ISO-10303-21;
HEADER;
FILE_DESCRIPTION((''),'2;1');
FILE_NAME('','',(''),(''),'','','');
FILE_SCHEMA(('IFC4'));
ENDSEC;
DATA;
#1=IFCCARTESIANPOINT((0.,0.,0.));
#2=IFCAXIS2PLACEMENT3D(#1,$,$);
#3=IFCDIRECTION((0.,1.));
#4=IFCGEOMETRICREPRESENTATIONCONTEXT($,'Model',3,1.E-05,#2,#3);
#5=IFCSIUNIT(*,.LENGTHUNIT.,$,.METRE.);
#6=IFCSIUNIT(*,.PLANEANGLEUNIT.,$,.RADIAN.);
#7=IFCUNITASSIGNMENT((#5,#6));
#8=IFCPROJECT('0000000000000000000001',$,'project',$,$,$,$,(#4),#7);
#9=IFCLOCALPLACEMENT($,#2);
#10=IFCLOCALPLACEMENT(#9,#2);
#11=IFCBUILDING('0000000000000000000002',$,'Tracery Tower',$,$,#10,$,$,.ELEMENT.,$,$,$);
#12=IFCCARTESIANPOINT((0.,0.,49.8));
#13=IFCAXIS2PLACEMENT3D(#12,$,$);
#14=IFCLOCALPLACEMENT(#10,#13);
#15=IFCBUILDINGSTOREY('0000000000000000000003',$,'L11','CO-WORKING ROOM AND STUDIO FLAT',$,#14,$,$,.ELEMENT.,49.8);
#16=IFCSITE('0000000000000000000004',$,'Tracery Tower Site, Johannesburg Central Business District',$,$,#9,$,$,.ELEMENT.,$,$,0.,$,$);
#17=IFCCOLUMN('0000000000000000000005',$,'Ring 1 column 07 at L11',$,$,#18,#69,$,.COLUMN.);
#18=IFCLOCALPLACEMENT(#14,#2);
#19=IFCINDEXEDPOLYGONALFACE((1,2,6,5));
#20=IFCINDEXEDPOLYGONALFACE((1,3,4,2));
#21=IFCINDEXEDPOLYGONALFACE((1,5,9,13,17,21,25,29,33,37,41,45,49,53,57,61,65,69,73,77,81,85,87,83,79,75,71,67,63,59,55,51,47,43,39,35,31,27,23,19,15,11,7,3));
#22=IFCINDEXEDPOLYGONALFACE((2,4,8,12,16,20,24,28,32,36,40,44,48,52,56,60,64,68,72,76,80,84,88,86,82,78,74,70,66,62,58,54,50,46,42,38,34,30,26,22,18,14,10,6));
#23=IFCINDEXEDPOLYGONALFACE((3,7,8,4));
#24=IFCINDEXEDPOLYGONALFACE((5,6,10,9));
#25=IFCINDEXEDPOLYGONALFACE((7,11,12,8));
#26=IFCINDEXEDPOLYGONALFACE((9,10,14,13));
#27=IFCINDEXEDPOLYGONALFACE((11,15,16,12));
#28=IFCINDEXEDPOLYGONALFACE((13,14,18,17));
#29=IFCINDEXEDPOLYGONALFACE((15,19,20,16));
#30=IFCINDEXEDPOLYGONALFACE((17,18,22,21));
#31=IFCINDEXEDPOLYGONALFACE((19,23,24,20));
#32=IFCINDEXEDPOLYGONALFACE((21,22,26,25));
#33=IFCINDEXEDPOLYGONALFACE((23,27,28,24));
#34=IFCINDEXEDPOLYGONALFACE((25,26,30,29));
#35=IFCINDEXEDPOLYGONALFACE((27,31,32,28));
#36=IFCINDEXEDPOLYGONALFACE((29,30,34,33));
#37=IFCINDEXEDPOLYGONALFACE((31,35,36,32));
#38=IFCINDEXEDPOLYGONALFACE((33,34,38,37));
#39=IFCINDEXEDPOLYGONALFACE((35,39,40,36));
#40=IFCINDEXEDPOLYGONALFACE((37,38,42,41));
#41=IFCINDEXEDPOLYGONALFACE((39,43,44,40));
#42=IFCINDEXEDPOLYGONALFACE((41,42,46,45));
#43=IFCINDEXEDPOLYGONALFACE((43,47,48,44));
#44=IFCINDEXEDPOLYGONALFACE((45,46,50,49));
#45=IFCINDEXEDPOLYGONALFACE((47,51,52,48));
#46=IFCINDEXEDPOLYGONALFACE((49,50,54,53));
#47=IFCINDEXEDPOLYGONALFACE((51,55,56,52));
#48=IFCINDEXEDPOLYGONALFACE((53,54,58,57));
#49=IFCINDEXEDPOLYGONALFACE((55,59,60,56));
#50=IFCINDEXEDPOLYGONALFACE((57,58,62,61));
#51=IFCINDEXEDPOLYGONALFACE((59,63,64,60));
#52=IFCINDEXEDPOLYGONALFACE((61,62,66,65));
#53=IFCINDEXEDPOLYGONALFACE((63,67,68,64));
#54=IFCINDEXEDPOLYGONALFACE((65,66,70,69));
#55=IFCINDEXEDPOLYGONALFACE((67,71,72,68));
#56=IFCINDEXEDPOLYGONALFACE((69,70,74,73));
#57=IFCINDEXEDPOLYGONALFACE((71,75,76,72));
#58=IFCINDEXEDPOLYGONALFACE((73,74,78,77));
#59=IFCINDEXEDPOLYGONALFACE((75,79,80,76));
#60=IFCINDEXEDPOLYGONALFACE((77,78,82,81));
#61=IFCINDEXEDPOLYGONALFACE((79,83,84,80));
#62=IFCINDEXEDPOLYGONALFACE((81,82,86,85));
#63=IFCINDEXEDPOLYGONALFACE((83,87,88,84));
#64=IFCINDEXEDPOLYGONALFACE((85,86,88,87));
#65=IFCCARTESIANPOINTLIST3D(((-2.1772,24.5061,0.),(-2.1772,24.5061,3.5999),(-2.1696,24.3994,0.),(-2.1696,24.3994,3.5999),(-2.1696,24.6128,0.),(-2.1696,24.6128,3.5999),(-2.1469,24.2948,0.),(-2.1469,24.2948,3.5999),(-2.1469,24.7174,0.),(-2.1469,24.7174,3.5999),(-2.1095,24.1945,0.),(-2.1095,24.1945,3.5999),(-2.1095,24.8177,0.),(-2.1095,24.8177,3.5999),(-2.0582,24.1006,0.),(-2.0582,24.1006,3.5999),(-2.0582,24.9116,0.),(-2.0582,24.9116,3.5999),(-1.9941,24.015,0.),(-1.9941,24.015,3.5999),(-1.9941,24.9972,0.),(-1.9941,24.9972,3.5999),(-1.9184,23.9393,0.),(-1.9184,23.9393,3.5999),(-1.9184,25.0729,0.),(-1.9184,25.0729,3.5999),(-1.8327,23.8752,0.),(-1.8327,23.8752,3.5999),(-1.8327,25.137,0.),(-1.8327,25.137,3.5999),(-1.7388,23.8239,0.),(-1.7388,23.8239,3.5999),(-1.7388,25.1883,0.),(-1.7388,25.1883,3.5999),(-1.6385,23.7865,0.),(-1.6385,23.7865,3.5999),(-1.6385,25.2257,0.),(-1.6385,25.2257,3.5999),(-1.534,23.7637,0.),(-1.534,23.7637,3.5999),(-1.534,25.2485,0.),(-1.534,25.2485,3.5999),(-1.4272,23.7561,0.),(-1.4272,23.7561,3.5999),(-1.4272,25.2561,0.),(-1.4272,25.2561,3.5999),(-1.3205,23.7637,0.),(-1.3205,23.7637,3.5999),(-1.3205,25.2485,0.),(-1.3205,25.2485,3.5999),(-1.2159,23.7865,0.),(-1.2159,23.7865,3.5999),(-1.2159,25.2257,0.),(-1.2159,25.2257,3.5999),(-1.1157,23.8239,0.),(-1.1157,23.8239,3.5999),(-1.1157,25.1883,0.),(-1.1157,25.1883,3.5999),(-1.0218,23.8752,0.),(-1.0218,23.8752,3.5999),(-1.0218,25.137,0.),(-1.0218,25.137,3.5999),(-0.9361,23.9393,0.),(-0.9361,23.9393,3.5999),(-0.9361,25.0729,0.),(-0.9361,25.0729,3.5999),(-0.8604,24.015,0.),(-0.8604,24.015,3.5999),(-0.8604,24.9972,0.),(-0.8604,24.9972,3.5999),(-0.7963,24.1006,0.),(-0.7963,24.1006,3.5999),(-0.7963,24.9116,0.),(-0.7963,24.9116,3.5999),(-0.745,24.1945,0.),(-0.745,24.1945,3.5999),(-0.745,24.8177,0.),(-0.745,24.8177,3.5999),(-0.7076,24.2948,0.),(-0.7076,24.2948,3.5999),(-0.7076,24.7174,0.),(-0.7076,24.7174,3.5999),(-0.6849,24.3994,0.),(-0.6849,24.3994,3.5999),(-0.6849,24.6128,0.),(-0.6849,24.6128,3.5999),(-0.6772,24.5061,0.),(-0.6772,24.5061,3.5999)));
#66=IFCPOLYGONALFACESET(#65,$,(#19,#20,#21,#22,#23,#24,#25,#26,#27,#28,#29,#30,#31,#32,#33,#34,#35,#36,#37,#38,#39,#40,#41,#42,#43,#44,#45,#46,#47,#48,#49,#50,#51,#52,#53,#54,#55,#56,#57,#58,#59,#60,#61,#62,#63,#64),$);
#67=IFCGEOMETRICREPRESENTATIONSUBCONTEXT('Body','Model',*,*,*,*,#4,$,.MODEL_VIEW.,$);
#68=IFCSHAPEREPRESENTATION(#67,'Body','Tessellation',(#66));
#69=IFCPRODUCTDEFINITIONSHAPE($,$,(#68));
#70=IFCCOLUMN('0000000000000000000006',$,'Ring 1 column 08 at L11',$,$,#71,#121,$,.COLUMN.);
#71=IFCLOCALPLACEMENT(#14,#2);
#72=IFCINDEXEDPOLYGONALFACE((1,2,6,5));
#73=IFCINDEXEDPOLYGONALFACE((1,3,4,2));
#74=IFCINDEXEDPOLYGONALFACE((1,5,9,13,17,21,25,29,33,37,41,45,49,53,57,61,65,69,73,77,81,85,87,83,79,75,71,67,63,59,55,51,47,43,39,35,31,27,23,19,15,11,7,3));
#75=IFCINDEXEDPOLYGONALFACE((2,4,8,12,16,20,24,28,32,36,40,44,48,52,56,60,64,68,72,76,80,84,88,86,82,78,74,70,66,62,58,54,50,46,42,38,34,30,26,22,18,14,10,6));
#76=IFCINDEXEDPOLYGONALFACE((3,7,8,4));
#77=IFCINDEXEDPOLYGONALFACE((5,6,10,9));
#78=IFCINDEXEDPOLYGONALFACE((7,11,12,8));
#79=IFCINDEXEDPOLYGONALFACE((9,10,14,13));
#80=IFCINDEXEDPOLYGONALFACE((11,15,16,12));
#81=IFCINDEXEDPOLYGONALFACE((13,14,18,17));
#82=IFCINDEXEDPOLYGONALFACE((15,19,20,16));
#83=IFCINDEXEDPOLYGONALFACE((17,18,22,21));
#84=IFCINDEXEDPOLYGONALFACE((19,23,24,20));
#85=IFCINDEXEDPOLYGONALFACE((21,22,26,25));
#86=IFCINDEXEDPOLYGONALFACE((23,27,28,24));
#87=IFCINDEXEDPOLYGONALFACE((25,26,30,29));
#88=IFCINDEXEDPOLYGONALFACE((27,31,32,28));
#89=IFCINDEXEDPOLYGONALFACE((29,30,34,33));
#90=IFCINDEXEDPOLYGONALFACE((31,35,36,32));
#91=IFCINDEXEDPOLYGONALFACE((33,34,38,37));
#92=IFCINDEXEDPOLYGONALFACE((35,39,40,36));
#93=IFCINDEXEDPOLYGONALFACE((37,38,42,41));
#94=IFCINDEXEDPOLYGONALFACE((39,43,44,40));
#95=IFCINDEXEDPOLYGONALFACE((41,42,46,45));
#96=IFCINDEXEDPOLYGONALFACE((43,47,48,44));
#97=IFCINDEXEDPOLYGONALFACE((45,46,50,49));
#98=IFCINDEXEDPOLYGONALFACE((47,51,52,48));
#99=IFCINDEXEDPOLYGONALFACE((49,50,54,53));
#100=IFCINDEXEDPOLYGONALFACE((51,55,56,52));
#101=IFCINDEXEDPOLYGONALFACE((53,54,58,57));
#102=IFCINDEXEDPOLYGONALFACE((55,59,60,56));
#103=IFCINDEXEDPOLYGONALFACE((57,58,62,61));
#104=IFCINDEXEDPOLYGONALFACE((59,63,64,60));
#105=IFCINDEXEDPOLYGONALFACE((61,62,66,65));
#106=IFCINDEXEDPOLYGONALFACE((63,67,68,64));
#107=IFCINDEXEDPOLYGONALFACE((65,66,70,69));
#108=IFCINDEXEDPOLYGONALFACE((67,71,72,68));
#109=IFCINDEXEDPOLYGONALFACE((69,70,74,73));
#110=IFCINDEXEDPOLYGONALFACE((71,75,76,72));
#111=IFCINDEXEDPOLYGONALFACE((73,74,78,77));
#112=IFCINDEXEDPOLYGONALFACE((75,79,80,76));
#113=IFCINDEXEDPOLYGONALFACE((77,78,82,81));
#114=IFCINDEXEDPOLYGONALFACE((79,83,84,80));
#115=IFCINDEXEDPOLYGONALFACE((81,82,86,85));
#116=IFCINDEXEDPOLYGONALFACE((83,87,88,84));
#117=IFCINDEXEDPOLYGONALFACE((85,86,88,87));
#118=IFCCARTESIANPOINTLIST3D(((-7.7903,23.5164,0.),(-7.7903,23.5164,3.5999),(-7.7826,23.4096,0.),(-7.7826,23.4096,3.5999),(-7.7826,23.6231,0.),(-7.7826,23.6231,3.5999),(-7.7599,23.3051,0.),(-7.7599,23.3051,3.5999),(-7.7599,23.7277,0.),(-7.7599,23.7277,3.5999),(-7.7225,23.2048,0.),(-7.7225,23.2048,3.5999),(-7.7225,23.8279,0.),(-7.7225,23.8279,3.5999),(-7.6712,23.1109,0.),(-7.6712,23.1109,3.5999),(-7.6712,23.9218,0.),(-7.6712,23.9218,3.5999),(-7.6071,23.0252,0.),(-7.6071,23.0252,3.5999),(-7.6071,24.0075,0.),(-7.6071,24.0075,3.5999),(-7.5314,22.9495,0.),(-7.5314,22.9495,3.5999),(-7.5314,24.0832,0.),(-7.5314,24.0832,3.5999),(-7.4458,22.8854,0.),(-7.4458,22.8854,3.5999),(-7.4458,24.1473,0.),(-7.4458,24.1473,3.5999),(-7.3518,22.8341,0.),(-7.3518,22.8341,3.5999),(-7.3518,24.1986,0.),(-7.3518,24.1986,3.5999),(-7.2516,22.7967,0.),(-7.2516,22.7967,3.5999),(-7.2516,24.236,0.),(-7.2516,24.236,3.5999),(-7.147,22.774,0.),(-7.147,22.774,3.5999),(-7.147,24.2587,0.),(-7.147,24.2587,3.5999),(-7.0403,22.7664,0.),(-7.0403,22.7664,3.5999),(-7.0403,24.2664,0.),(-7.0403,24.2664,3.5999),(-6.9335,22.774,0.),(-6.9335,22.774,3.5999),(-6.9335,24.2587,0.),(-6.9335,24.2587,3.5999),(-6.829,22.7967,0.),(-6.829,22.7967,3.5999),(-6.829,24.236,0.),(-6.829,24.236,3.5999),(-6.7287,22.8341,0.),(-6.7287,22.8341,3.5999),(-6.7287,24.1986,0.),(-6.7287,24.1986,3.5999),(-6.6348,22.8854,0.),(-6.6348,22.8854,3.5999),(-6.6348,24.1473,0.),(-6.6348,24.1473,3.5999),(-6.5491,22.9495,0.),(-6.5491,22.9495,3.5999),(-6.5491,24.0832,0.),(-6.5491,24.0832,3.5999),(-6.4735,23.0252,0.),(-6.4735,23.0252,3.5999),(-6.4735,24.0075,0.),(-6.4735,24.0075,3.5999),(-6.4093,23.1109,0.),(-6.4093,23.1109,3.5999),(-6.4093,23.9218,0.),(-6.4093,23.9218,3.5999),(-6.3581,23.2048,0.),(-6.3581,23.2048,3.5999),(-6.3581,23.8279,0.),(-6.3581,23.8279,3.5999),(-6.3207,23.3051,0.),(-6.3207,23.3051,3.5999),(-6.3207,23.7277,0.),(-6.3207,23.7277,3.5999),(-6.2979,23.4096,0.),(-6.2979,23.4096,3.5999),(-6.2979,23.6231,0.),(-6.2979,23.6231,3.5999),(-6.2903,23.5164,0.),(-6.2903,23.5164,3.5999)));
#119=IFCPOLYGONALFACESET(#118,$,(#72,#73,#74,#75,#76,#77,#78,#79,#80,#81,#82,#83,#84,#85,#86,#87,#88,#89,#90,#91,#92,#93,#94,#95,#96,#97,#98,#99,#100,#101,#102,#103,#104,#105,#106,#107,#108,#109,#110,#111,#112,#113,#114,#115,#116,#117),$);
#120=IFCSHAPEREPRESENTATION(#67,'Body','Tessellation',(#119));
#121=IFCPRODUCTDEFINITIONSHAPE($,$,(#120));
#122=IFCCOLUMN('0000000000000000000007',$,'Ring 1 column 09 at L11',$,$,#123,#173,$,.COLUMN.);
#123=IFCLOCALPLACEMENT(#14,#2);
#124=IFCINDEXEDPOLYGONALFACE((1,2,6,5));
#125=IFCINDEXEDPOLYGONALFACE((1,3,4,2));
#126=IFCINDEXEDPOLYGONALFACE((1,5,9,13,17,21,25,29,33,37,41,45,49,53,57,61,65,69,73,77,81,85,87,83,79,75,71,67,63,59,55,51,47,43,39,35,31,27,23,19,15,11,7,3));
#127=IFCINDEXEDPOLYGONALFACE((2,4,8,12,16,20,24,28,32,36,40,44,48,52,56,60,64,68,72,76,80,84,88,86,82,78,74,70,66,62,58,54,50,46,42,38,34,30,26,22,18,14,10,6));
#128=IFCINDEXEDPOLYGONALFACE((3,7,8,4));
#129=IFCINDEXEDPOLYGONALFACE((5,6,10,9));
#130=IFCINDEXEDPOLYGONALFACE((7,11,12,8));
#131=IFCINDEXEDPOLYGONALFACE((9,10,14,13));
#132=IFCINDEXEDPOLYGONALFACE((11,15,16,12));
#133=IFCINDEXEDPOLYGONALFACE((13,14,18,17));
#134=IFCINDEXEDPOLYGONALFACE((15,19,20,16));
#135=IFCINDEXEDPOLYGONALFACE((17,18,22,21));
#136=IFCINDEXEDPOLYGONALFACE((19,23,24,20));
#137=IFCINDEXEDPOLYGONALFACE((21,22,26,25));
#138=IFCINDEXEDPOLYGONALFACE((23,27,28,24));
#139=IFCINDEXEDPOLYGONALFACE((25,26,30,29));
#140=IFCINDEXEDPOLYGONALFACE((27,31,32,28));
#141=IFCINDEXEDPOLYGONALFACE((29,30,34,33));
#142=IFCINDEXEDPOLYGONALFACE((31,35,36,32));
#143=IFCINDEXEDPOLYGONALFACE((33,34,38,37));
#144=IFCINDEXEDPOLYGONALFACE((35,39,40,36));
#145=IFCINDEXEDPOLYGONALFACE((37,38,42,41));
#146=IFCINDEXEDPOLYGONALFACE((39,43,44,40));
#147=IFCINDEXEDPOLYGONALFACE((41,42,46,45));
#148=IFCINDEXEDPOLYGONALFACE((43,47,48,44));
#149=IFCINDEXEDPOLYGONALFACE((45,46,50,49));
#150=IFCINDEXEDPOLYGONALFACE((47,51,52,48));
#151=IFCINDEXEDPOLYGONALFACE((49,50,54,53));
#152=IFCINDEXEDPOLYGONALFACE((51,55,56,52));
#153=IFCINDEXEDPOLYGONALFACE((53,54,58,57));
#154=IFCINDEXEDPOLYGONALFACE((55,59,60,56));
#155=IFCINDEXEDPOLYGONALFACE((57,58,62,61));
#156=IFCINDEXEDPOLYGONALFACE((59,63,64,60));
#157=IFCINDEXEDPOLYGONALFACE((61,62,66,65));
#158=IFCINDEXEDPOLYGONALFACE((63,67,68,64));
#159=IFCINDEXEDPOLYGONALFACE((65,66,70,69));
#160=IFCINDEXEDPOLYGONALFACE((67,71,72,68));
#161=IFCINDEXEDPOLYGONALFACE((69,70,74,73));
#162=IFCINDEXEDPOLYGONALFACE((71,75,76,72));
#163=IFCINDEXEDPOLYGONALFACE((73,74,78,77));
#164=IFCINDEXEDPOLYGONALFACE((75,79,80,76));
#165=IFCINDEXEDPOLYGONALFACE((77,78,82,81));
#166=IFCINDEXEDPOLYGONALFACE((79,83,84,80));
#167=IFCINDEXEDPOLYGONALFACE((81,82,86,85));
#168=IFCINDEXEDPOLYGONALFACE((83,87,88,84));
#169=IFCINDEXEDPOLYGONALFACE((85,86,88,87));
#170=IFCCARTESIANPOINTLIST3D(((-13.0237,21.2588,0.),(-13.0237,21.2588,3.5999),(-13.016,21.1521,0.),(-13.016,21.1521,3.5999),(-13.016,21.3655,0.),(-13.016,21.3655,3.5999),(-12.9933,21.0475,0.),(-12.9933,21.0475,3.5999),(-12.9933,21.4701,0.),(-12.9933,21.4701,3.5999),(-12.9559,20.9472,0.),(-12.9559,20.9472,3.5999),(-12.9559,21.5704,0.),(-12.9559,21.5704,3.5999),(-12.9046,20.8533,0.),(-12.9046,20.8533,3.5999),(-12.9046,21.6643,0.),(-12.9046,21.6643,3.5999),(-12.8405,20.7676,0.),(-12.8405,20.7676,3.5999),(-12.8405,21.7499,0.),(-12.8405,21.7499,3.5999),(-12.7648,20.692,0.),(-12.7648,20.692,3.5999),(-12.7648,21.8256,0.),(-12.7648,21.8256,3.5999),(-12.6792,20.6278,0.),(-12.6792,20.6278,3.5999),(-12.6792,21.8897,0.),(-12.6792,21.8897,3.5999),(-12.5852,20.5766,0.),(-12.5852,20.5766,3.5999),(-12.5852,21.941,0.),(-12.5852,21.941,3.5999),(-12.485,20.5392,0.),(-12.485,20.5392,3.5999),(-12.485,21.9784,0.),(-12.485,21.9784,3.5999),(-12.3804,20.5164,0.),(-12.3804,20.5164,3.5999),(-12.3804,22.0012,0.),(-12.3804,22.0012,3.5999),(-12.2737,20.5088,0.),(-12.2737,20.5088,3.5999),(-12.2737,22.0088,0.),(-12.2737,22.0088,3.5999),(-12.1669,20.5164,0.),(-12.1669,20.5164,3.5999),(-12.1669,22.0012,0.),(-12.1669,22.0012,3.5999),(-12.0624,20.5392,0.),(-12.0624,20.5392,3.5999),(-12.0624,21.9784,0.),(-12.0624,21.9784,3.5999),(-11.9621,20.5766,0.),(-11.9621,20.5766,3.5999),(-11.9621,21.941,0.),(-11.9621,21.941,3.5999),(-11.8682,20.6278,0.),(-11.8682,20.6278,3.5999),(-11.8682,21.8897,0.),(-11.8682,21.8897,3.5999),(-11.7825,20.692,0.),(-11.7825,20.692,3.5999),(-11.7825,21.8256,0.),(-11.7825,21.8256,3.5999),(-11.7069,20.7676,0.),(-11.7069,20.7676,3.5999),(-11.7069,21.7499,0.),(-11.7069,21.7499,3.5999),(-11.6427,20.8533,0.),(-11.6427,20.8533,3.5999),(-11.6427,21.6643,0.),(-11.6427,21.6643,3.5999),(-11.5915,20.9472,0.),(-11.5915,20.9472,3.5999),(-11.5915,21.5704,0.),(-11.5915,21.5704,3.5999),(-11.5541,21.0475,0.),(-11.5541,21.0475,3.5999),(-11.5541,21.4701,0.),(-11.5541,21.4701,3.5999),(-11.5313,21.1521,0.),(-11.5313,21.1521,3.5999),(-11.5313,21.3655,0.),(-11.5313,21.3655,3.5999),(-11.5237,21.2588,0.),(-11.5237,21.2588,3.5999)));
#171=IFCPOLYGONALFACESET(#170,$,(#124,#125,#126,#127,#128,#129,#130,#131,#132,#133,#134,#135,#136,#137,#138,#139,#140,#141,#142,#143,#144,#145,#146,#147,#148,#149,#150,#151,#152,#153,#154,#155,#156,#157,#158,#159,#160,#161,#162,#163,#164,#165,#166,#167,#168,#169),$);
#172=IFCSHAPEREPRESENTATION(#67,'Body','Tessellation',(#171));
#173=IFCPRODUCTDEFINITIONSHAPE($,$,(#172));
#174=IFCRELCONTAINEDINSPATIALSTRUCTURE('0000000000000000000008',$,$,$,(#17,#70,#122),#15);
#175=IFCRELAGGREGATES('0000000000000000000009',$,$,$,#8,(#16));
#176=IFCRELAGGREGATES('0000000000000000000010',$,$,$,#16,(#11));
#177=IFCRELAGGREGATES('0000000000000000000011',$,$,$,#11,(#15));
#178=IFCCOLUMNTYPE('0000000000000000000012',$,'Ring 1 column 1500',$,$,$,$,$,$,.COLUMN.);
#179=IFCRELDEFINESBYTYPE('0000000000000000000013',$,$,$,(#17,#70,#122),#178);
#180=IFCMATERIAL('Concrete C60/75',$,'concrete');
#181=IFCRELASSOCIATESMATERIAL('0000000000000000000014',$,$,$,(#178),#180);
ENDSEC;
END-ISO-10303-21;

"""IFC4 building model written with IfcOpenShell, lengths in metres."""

from ifc_helpers import new_model, si_unit, direction, frame, origin, origin_2d, place, context, subcontext, project, spatial, circle, extrude, material, material_profile, profile_set, type_object, element, save


model = new_model("IFC4")

# Units and contexts
model_context = context("Model", 3, precision=1e-05, world=origin(), true_north=direction((0.0, 1.0)))
body_context = subcontext(model_context, "Body", "Model", "MODEL_VIEW")
ifc_project = project(units=[si_unit("LENGTHUNIT", "METRE"), si_unit("PLANEANGLEUNIT", "RADIAN")], contexts=[model_context])

# Site, building, storey
site_placement = place(None, origin())
site = spatial("IfcSite", under=ifc_project, at=site_placement, Name="Tracery Tower Site, Johannesburg Central Business District", CompositionType="ELEMENT", RefElevation=0.0)
building_placement = place(site_placement, origin())
building = spatial("IfcBuilding", under=site, at=building_placement, Name="Tracery Tower", CompositionType="ELEMENT")
storey_placement = place(building_placement, frame((0.0, 0.0, 49.8)))
storey = spatial("IfcBuildingStorey", under=building, at=storey_placement, Name="L11", Description="CO-WORKING ROOM AND STUDIO FLAT", CompositionType="ELEMENT", Elevation=49.8)

# Columns
ifc_material_1 = material(Name="Concrete C60/75", Category="concrete")
ifc_material_profile_1 = material_profile(ifc_material_1, circle(Radius=0.75, at=origin_2d()), Name="RC D1500")
ifc_profile_set_1 = profile_set([ifc_material_profile_1], Name="Concrete C60/75")
column_type_1 = type_object("IfcColumnType", Name="Ring 1 column 1500", PredefinedType="COLUMN", material=ifc_profile_set_1)
for number, where, z_axis, x_axis, name in (
    (1, (-1.4272, 24.5061, 0.0), (0.0, 0.0, 1.0), (1.0, 0.0, 0.0), "Ring 1 column 07 at L11"),
    (2, (-7.0403, 23.5164, 0.0), (0.0, 0.0, 1.0), (1.0, 0.0, 0.0), "Ring 1 column 08 at L11"),
    (3, (-12.2737, 21.2588, 0.0), (0.0, 0.0, 1.0), (1.0, 0.0, 0.0), "Ring 1 column 09 at L11"),
):
    element("IfcColumn", number, at=place(storey_placement, frame(where, z_axis=z_axis, x_axis=x_axis)), inside=storey, type_object=column_type_1, Name=name, PredefinedType="COLUMN", context=body_context, shape_type="SweptSolid", body=[
        extrude(circle(Radius=0.75, at=origin_2d()), origin(), (0.0, 0.0, 1.0), 3.5999),
    ])

save(model, "model.ifc")
